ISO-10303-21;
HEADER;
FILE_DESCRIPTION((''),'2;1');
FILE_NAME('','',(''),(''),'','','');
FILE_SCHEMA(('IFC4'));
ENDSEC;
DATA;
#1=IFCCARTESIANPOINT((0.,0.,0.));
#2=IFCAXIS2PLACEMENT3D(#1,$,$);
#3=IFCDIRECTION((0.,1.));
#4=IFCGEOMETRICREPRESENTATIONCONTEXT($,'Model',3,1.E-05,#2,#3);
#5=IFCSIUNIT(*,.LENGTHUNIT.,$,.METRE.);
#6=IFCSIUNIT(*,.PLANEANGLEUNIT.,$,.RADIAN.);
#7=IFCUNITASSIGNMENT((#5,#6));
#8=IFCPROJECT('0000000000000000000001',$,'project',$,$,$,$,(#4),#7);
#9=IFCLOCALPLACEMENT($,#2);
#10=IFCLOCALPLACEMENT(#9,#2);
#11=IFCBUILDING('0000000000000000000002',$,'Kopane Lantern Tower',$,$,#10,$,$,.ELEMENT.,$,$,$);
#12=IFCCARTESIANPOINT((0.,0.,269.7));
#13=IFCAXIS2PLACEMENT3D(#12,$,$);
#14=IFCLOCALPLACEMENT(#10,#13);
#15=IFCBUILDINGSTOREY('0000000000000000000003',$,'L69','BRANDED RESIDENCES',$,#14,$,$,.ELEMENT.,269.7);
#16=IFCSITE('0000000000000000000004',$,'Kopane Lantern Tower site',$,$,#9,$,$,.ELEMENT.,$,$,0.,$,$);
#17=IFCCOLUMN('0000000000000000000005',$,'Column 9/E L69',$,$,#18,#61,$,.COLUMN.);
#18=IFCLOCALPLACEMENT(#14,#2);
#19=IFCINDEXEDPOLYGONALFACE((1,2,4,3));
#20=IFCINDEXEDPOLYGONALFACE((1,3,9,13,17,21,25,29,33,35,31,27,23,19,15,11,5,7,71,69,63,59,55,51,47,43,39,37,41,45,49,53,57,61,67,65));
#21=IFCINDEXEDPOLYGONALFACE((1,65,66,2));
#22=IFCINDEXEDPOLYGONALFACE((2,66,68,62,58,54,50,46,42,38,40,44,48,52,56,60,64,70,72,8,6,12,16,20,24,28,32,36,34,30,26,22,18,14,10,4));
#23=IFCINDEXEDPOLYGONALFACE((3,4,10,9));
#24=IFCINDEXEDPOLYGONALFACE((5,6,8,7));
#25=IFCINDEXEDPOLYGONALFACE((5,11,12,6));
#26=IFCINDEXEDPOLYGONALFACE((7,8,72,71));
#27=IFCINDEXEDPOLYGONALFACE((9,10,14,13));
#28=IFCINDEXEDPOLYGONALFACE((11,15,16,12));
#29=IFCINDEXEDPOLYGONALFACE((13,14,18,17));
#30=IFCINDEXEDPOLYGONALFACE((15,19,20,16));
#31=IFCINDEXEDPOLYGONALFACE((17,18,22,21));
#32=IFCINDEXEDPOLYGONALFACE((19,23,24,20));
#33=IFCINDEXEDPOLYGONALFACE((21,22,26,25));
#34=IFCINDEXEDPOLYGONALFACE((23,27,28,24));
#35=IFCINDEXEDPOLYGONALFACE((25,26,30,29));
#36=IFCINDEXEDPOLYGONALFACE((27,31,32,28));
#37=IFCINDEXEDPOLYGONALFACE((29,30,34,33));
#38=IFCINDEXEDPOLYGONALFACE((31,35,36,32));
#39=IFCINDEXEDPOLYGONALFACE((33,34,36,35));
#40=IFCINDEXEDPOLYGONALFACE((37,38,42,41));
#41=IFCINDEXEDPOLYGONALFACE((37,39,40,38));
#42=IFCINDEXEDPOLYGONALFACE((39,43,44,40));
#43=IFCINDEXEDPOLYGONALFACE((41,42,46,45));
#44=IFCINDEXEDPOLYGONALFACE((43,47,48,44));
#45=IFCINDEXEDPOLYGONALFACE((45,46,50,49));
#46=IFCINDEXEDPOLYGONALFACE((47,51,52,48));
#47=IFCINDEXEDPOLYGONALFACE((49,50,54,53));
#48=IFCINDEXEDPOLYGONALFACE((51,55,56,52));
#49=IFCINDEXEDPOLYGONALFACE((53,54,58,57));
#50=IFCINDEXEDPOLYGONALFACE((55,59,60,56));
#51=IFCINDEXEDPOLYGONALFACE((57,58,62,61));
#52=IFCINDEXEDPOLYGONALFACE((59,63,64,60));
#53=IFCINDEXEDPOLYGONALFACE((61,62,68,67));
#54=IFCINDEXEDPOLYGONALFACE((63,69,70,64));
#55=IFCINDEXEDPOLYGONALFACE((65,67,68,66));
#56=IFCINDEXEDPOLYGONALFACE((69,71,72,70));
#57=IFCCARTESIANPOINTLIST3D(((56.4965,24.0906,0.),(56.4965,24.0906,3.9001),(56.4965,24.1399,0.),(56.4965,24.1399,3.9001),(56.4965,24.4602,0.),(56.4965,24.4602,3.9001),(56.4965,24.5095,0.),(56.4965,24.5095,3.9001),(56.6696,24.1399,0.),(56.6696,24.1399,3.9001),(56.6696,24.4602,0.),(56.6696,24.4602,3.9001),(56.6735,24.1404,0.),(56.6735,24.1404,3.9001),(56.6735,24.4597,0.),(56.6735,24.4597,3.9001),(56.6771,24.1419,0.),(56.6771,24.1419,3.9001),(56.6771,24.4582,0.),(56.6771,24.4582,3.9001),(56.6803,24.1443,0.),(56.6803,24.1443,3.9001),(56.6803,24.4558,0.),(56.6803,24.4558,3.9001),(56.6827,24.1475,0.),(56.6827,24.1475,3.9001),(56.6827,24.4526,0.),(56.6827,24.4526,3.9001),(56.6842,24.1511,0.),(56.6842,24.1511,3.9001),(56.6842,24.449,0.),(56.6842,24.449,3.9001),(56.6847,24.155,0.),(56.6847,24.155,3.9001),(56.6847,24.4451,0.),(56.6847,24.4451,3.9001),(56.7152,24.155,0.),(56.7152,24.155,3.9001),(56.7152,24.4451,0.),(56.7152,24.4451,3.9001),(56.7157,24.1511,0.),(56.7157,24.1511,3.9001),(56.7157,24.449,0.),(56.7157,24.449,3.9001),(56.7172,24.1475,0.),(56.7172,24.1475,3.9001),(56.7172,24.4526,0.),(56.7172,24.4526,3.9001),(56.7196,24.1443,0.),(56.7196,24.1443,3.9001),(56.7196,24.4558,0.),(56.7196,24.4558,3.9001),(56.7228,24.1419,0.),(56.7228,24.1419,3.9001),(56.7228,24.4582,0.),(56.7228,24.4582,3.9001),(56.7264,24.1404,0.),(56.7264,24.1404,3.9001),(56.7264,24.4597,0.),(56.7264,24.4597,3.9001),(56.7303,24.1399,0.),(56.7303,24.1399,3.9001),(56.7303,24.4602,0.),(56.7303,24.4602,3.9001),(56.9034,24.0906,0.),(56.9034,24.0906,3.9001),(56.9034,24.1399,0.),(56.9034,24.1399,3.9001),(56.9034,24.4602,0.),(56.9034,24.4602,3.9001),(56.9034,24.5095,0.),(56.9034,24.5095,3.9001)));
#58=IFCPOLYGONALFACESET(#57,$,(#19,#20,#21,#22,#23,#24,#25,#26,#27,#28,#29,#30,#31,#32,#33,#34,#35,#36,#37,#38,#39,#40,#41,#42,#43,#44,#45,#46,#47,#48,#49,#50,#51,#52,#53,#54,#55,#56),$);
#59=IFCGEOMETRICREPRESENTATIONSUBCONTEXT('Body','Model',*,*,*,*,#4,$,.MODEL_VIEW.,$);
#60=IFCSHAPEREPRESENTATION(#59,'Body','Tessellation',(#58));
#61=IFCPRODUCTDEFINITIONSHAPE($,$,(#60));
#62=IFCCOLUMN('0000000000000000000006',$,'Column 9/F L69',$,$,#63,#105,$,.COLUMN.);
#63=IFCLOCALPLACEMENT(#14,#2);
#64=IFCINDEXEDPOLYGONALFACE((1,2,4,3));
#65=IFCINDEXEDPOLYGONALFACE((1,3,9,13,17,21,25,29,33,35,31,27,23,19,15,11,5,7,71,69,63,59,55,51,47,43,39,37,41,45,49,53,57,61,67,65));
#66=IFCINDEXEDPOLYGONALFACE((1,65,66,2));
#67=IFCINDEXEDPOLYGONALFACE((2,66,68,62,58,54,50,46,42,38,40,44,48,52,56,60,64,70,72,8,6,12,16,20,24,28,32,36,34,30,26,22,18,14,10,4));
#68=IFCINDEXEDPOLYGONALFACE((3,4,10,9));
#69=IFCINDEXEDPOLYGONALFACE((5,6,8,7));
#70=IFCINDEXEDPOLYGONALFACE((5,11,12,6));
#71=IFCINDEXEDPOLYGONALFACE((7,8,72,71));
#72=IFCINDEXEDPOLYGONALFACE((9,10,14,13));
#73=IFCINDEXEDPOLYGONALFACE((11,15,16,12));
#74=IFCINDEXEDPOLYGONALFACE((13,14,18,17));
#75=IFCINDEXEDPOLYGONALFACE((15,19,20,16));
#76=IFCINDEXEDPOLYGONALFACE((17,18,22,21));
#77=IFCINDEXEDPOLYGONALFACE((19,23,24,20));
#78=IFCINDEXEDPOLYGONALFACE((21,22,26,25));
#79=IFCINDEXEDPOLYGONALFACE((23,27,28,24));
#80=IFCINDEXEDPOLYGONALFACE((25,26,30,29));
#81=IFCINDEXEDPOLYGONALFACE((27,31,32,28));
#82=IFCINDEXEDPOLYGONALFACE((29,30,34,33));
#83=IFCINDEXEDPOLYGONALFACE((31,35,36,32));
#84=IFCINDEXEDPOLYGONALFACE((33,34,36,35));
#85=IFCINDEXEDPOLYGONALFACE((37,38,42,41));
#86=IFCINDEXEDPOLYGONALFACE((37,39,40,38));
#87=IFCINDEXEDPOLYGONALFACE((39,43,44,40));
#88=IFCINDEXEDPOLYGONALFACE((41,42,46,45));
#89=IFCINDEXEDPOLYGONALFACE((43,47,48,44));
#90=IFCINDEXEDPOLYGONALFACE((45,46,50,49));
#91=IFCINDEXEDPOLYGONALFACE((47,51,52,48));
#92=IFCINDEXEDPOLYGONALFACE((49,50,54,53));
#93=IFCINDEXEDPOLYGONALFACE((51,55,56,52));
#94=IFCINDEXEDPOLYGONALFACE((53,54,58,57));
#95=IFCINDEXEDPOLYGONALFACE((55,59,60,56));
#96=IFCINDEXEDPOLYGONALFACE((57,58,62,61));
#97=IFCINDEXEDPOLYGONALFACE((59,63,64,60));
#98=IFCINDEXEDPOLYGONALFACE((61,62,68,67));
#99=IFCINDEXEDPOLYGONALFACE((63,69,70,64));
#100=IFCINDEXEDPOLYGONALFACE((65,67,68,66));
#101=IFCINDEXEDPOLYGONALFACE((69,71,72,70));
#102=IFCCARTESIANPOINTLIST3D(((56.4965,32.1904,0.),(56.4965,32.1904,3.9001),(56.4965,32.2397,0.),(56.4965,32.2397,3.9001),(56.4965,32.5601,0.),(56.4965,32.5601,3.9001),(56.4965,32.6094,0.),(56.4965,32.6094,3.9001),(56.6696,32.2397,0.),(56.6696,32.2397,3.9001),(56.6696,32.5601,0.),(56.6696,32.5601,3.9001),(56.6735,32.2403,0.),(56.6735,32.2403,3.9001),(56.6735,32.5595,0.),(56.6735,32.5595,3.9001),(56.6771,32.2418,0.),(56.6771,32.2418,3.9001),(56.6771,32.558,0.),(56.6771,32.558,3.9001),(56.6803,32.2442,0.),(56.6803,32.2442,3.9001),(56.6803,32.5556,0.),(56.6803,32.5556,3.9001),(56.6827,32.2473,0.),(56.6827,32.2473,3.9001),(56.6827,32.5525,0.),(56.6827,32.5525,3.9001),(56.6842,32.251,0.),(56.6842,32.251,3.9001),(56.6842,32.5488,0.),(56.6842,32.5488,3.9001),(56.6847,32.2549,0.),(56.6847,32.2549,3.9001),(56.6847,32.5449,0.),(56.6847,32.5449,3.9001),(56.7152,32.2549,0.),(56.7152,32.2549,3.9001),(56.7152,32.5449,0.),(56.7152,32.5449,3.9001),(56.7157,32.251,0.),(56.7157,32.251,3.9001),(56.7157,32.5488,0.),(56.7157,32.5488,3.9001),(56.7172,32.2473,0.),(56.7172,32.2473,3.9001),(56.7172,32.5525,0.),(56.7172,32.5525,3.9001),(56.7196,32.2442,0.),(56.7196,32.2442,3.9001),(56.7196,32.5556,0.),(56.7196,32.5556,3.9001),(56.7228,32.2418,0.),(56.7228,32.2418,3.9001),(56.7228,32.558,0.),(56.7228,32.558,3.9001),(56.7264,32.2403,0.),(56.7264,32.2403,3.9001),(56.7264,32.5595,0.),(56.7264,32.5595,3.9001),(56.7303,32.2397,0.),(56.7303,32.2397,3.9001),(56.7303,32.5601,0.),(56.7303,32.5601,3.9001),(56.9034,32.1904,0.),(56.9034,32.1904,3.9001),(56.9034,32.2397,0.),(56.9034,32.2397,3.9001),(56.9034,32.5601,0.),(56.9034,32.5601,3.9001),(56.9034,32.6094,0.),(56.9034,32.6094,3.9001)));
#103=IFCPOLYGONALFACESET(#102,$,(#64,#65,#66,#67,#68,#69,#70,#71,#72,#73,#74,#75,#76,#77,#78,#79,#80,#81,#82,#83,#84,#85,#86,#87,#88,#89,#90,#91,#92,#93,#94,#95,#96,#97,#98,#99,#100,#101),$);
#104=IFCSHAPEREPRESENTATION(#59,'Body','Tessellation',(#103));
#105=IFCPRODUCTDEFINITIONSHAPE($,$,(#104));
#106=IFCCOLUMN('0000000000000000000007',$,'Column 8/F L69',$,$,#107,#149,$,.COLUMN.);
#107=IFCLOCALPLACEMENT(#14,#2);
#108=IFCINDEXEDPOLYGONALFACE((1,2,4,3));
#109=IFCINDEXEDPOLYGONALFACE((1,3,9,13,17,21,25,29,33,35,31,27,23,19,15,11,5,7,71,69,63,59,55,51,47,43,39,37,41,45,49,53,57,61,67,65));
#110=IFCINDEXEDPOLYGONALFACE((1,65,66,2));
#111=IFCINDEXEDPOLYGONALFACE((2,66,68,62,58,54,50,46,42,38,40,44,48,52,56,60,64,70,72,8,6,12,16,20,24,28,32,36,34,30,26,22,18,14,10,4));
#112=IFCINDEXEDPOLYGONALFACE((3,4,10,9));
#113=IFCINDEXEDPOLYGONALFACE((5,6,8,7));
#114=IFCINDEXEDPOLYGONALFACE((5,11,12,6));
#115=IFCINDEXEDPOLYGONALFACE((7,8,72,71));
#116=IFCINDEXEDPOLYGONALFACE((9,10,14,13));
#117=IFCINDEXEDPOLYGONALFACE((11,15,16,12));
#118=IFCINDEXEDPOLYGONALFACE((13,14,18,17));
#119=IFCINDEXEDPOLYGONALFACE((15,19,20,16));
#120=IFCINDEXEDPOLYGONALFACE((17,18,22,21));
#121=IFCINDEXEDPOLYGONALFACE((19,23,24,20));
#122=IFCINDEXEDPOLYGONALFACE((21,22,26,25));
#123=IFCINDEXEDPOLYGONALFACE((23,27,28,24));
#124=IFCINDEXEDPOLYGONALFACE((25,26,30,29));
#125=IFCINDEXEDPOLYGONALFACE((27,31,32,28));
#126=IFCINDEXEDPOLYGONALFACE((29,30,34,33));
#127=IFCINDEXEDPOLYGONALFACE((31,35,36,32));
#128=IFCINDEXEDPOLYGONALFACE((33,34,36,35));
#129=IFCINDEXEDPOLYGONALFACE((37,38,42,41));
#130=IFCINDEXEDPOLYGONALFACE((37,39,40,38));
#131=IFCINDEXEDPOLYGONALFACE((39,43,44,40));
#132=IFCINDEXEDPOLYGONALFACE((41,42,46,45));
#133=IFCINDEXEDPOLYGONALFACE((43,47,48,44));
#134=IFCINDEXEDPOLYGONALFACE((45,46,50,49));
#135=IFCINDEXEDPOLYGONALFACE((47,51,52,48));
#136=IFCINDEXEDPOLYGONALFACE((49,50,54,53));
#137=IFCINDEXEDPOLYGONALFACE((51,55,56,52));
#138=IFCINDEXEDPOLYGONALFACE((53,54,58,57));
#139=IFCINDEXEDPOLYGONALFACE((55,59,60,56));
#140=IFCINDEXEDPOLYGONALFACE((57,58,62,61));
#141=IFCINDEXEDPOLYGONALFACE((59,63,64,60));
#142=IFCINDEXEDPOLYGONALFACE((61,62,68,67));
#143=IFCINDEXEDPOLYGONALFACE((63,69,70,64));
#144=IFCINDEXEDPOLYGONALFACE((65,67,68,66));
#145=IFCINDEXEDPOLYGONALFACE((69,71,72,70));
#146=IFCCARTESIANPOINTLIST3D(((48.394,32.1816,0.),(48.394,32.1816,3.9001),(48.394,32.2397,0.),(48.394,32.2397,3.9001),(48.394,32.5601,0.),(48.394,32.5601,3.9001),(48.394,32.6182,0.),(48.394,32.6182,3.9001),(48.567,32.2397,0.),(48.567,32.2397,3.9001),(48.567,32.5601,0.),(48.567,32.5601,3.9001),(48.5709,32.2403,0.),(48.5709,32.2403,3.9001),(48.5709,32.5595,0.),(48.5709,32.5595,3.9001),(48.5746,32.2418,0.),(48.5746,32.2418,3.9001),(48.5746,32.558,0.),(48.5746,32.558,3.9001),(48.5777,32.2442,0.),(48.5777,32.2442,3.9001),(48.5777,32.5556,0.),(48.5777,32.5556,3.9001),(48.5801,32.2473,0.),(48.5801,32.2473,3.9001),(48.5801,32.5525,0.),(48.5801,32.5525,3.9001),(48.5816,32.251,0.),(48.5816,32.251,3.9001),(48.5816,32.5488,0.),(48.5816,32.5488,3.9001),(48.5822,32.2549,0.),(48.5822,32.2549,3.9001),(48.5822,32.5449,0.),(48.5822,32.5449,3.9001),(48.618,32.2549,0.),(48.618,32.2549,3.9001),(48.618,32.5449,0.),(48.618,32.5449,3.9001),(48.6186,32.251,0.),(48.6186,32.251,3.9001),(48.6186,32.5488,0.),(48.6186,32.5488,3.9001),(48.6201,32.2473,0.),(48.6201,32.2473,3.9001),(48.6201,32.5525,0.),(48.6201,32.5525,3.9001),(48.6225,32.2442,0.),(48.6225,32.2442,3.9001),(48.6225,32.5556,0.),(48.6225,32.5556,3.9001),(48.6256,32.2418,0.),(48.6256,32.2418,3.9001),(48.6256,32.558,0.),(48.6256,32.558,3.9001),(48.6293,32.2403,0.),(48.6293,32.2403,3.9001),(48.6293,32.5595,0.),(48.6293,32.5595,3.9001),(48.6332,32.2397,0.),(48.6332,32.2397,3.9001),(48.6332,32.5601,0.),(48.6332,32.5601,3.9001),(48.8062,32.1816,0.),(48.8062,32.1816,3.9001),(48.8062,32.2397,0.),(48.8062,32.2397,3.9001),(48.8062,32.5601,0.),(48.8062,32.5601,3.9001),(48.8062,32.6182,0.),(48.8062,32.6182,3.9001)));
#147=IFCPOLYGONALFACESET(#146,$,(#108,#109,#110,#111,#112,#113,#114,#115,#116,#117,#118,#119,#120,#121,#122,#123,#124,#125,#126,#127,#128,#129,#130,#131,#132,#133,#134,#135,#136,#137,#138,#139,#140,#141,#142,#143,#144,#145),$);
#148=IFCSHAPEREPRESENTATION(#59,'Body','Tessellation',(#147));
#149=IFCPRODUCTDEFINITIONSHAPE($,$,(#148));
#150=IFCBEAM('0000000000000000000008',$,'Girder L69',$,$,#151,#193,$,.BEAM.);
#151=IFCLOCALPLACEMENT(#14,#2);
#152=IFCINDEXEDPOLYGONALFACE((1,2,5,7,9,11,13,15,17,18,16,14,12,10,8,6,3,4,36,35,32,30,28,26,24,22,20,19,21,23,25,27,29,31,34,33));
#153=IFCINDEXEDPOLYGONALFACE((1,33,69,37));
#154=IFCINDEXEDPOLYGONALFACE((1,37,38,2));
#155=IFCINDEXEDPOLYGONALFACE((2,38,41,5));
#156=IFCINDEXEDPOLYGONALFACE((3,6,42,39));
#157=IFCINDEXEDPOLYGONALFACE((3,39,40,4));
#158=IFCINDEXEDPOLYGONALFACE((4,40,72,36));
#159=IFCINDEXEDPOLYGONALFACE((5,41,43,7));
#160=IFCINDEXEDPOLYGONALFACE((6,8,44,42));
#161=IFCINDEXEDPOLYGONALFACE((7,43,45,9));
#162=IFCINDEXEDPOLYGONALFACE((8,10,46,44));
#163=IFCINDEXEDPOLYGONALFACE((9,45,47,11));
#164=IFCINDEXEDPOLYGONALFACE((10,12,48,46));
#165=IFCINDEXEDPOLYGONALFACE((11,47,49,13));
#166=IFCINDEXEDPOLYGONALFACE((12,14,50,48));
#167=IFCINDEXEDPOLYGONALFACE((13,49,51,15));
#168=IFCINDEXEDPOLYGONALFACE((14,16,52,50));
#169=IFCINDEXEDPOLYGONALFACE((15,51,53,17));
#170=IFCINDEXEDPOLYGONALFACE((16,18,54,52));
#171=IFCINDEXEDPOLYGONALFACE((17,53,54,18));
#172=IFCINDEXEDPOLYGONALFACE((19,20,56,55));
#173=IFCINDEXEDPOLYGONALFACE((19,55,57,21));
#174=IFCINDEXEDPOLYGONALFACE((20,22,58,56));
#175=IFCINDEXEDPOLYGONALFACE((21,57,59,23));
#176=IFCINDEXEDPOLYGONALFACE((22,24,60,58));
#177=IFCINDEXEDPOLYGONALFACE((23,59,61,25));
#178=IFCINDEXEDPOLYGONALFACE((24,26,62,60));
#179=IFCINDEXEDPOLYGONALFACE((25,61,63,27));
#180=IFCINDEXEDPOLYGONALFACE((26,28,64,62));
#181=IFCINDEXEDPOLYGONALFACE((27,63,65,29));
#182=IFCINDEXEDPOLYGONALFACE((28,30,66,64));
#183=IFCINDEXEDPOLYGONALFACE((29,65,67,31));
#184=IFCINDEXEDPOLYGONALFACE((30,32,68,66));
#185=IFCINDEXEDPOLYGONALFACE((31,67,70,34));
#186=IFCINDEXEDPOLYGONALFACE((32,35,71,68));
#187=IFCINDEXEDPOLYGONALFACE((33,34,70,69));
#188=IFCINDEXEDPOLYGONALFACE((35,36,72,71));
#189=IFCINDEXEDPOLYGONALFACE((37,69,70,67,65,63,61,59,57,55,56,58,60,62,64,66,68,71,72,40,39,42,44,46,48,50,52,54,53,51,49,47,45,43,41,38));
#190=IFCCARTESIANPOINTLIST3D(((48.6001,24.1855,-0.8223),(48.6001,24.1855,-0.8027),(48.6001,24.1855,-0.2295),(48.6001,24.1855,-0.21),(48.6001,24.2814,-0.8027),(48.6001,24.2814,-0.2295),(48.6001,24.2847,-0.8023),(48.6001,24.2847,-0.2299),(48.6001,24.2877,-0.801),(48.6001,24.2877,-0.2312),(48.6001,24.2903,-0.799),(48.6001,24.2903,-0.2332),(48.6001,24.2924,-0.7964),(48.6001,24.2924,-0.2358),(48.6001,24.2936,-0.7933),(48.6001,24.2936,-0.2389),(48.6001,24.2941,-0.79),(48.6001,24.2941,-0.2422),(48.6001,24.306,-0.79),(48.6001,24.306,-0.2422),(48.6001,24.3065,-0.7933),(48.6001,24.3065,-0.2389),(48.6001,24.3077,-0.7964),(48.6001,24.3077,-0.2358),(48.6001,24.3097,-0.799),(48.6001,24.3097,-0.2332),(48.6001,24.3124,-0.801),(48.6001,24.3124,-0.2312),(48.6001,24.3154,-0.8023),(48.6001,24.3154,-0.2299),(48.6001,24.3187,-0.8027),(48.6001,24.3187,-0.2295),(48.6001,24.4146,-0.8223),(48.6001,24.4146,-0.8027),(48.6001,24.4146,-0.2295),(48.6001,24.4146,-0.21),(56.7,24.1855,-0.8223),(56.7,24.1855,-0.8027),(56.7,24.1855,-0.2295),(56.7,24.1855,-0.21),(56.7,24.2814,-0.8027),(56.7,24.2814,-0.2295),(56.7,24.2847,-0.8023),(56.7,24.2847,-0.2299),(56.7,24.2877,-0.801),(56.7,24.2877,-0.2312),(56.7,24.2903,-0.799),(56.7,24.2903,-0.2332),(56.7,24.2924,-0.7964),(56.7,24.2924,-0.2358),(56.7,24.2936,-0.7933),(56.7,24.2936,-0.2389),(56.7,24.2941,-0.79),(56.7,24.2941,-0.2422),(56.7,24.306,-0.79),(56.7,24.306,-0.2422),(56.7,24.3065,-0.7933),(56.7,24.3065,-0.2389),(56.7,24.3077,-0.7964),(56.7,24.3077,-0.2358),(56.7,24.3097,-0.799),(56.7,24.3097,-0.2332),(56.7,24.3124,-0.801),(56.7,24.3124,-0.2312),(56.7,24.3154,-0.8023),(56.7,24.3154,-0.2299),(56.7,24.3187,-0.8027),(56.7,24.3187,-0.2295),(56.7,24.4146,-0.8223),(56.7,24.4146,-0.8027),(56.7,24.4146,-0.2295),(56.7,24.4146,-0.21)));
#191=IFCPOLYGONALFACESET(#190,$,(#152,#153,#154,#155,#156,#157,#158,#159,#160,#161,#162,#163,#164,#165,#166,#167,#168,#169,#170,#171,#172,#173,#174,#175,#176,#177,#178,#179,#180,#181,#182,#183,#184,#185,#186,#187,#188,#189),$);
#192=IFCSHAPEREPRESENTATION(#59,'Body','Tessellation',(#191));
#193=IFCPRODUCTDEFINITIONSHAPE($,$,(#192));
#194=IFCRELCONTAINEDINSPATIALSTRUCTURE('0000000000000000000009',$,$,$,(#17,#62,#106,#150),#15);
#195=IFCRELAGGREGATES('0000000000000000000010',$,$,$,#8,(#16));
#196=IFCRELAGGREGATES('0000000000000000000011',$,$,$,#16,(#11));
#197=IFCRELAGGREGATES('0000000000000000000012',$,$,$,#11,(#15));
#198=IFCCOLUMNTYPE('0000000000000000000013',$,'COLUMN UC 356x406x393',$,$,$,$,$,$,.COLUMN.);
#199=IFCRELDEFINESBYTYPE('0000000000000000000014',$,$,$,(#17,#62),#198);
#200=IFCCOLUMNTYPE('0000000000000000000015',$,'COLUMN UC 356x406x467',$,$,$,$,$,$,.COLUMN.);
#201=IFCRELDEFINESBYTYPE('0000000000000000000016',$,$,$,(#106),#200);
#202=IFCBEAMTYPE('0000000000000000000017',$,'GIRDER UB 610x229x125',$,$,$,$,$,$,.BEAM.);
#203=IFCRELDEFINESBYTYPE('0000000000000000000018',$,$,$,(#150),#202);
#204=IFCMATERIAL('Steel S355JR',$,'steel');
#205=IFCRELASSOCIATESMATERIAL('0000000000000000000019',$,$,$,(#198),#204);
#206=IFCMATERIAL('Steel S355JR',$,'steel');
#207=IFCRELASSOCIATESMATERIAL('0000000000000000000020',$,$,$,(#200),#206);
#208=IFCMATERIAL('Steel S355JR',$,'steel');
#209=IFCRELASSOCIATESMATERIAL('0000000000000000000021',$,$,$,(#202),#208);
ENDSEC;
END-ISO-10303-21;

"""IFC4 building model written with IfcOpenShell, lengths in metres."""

from ifc_helpers import new_model, si_unit, direction, frame, origin, origin_2d, place, context, subcontext, project, spatial, i_section, extrude, material, material_profile, profile_set, type_object, element, save


model = new_model("IFC4")

# Units and contexts
model_context = context("Model", 3, precision=1e-05, world=origin(), true_north=direction((0.0, 1.0)))
body_context = subcontext(model_context, "Body", "Model", "MODEL_VIEW")
ifc_project = project(units=[si_unit("LENGTHUNIT", "METRE"), si_unit("PLANEANGLEUNIT", "RADIAN")], contexts=[model_context])

# Site, building, storey
site_placement = place(None, origin())
site = spatial("IfcSite", under=ifc_project, at=site_placement, Name="Kopane Lantern Tower site", CompositionType="ELEMENT", RefElevation=0.0)
building_placement = place(site_placement, origin())
building = spatial("IfcBuilding", under=site, at=building_placement, Name="Kopane Lantern Tower", CompositionType="ELEMENT")
storey_placement = place(building_placement, frame((0.0, 0.0, 269.7)))
storey = spatial("IfcBuildingStorey", under=building, at=storey_placement, Name="L69", Description="BRANDED RESIDENCES", CompositionType="ELEMENT", Elevation=269.7)

# Columns
ifc_material_1 = material(Name="Steel S355JR", Category="steel")
ifc_material_profile_1 = material_profile(ifc_material_1, i_section(OverallWidth=0.407, OverallDepth=0.4189, WebThickness=0.0305, FlangeThickness=0.0493, FilletRadius=0.0151, at=origin_2d()), Name="UC 356x406x393")
ifc_profile_set_1 = profile_set([ifc_material_profile_1], Name="Steel S355JR")
column_type_1 = type_object("IfcColumnType", Name="COLUMN UC 356x406x393", PredefinedType="COLUMN", material=ifc_profile_set_1)
for number, where, z_axis, x_axis, name in (
    (1, (56.7, 24.3, 0.0), (0.0, 0.0, 1.0), (1.0, 0.0, 0.0), "Column 9/E L69"),
    (2, (56.7, 32.3999, 0.0), (0.0, 0.0, 1.0), (1.0, 0.0, 0.0), "Column 9/F L69"),
):
    element("IfcColumn", number, at=place(storey_placement, frame(where, z_axis=z_axis, x_axis=x_axis)), inside=storey, type_object=column_type_1, Name=name, PredefinedType="COLUMN", context=body_context, shape_type="SweptSolid", body=[
        extrude(i_section(OverallWidth=0.407, OverallDepth=0.4189, WebThickness=0.0305, FlangeThickness=0.0493, FilletRadius=0.0151, at=origin_2d()), origin(), (0.0, 0.0, 1.0), 3.9001),
    ])
ifc_material_2 = material(Name="Steel S355JR", Category="steel")
ifc_material_profile_2 = material_profile(ifc_material_2, i_section(OverallWidth=0.4121, OverallDepth=0.4365, WebThickness=0.0359, FlangeThickness=0.0581, FilletRadius=0.0151, at=origin_2d()), Name="UC 356x406x467")
ifc_profile_set_2 = profile_set([ifc_material_profile_2], Name="Steel S355JR")
column_type_2 = type_object("IfcColumnType", Name="COLUMN UC 356x406x467", PredefinedType="COLUMN", material=ifc_profile_set_2)
column_placement = place(storey_placement, frame((48.6001, 32.3999, 0.0), z_axis=(0.0, 0.0, 1.0), x_axis=(1.0, 0.0, 0.0)))
element("IfcColumn", 3, at=column_placement, inside=storey, type_object=column_type_2, Name="Column 8/F L69", PredefinedType="COLUMN", context=body_context, shape_type="SweptSolid", body=[
    extrude(i_section(OverallWidth=0.4121, OverallDepth=0.4365, WebThickness=0.0359, FlangeThickness=0.0581, FilletRadius=0.0151, at=origin_2d()), origin(), (0.0, 0.0, 1.0), 3.9001),
])

# Beam
ifc_material_3 = material(Name="Steel S355JR", Category="steel")
ifc_material_profile_3 = material_profile(ifc_material_3, i_section(OverallWidth=0.229, OverallDepth=0.6123, WebThickness=0.012, FlangeThickness=0.0195, FilletRadius=0.0127, at=origin_2d()), Name="UB 610x229x125")
ifc_profile_set_3 = profile_set([ifc_material_profile_3], Name="Steel S355JR")
beam_type = type_object("IfcBeamType", Name="GIRDER UB 610x229x125", PredefinedType="BEAM", material=ifc_profile_set_3)
beam_1_placement = place(storey_placement, frame((48.6001, 24.3, -0.5161), z_axis=(1.0, 0.0, 0.0), x_axis=(0.0, 1.0, 0.0)))
element("IfcBeam", 4, at=beam_1_placement, inside=storey, type_object=beam_type, Name="Girder L69", PredefinedType="BEAM", context=body_context, shape_type="SweptSolid", body=[
    extrude(i_section(OverallWidth=0.229, OverallDepth=0.6123, WebThickness=0.012, FlangeThickness=0.0195, FilletRadius=0.0127, at=origin_2d()), origin(), (0.0, 0.0, 1.0), 8.0999),
])

save(model, "model.ifc")
